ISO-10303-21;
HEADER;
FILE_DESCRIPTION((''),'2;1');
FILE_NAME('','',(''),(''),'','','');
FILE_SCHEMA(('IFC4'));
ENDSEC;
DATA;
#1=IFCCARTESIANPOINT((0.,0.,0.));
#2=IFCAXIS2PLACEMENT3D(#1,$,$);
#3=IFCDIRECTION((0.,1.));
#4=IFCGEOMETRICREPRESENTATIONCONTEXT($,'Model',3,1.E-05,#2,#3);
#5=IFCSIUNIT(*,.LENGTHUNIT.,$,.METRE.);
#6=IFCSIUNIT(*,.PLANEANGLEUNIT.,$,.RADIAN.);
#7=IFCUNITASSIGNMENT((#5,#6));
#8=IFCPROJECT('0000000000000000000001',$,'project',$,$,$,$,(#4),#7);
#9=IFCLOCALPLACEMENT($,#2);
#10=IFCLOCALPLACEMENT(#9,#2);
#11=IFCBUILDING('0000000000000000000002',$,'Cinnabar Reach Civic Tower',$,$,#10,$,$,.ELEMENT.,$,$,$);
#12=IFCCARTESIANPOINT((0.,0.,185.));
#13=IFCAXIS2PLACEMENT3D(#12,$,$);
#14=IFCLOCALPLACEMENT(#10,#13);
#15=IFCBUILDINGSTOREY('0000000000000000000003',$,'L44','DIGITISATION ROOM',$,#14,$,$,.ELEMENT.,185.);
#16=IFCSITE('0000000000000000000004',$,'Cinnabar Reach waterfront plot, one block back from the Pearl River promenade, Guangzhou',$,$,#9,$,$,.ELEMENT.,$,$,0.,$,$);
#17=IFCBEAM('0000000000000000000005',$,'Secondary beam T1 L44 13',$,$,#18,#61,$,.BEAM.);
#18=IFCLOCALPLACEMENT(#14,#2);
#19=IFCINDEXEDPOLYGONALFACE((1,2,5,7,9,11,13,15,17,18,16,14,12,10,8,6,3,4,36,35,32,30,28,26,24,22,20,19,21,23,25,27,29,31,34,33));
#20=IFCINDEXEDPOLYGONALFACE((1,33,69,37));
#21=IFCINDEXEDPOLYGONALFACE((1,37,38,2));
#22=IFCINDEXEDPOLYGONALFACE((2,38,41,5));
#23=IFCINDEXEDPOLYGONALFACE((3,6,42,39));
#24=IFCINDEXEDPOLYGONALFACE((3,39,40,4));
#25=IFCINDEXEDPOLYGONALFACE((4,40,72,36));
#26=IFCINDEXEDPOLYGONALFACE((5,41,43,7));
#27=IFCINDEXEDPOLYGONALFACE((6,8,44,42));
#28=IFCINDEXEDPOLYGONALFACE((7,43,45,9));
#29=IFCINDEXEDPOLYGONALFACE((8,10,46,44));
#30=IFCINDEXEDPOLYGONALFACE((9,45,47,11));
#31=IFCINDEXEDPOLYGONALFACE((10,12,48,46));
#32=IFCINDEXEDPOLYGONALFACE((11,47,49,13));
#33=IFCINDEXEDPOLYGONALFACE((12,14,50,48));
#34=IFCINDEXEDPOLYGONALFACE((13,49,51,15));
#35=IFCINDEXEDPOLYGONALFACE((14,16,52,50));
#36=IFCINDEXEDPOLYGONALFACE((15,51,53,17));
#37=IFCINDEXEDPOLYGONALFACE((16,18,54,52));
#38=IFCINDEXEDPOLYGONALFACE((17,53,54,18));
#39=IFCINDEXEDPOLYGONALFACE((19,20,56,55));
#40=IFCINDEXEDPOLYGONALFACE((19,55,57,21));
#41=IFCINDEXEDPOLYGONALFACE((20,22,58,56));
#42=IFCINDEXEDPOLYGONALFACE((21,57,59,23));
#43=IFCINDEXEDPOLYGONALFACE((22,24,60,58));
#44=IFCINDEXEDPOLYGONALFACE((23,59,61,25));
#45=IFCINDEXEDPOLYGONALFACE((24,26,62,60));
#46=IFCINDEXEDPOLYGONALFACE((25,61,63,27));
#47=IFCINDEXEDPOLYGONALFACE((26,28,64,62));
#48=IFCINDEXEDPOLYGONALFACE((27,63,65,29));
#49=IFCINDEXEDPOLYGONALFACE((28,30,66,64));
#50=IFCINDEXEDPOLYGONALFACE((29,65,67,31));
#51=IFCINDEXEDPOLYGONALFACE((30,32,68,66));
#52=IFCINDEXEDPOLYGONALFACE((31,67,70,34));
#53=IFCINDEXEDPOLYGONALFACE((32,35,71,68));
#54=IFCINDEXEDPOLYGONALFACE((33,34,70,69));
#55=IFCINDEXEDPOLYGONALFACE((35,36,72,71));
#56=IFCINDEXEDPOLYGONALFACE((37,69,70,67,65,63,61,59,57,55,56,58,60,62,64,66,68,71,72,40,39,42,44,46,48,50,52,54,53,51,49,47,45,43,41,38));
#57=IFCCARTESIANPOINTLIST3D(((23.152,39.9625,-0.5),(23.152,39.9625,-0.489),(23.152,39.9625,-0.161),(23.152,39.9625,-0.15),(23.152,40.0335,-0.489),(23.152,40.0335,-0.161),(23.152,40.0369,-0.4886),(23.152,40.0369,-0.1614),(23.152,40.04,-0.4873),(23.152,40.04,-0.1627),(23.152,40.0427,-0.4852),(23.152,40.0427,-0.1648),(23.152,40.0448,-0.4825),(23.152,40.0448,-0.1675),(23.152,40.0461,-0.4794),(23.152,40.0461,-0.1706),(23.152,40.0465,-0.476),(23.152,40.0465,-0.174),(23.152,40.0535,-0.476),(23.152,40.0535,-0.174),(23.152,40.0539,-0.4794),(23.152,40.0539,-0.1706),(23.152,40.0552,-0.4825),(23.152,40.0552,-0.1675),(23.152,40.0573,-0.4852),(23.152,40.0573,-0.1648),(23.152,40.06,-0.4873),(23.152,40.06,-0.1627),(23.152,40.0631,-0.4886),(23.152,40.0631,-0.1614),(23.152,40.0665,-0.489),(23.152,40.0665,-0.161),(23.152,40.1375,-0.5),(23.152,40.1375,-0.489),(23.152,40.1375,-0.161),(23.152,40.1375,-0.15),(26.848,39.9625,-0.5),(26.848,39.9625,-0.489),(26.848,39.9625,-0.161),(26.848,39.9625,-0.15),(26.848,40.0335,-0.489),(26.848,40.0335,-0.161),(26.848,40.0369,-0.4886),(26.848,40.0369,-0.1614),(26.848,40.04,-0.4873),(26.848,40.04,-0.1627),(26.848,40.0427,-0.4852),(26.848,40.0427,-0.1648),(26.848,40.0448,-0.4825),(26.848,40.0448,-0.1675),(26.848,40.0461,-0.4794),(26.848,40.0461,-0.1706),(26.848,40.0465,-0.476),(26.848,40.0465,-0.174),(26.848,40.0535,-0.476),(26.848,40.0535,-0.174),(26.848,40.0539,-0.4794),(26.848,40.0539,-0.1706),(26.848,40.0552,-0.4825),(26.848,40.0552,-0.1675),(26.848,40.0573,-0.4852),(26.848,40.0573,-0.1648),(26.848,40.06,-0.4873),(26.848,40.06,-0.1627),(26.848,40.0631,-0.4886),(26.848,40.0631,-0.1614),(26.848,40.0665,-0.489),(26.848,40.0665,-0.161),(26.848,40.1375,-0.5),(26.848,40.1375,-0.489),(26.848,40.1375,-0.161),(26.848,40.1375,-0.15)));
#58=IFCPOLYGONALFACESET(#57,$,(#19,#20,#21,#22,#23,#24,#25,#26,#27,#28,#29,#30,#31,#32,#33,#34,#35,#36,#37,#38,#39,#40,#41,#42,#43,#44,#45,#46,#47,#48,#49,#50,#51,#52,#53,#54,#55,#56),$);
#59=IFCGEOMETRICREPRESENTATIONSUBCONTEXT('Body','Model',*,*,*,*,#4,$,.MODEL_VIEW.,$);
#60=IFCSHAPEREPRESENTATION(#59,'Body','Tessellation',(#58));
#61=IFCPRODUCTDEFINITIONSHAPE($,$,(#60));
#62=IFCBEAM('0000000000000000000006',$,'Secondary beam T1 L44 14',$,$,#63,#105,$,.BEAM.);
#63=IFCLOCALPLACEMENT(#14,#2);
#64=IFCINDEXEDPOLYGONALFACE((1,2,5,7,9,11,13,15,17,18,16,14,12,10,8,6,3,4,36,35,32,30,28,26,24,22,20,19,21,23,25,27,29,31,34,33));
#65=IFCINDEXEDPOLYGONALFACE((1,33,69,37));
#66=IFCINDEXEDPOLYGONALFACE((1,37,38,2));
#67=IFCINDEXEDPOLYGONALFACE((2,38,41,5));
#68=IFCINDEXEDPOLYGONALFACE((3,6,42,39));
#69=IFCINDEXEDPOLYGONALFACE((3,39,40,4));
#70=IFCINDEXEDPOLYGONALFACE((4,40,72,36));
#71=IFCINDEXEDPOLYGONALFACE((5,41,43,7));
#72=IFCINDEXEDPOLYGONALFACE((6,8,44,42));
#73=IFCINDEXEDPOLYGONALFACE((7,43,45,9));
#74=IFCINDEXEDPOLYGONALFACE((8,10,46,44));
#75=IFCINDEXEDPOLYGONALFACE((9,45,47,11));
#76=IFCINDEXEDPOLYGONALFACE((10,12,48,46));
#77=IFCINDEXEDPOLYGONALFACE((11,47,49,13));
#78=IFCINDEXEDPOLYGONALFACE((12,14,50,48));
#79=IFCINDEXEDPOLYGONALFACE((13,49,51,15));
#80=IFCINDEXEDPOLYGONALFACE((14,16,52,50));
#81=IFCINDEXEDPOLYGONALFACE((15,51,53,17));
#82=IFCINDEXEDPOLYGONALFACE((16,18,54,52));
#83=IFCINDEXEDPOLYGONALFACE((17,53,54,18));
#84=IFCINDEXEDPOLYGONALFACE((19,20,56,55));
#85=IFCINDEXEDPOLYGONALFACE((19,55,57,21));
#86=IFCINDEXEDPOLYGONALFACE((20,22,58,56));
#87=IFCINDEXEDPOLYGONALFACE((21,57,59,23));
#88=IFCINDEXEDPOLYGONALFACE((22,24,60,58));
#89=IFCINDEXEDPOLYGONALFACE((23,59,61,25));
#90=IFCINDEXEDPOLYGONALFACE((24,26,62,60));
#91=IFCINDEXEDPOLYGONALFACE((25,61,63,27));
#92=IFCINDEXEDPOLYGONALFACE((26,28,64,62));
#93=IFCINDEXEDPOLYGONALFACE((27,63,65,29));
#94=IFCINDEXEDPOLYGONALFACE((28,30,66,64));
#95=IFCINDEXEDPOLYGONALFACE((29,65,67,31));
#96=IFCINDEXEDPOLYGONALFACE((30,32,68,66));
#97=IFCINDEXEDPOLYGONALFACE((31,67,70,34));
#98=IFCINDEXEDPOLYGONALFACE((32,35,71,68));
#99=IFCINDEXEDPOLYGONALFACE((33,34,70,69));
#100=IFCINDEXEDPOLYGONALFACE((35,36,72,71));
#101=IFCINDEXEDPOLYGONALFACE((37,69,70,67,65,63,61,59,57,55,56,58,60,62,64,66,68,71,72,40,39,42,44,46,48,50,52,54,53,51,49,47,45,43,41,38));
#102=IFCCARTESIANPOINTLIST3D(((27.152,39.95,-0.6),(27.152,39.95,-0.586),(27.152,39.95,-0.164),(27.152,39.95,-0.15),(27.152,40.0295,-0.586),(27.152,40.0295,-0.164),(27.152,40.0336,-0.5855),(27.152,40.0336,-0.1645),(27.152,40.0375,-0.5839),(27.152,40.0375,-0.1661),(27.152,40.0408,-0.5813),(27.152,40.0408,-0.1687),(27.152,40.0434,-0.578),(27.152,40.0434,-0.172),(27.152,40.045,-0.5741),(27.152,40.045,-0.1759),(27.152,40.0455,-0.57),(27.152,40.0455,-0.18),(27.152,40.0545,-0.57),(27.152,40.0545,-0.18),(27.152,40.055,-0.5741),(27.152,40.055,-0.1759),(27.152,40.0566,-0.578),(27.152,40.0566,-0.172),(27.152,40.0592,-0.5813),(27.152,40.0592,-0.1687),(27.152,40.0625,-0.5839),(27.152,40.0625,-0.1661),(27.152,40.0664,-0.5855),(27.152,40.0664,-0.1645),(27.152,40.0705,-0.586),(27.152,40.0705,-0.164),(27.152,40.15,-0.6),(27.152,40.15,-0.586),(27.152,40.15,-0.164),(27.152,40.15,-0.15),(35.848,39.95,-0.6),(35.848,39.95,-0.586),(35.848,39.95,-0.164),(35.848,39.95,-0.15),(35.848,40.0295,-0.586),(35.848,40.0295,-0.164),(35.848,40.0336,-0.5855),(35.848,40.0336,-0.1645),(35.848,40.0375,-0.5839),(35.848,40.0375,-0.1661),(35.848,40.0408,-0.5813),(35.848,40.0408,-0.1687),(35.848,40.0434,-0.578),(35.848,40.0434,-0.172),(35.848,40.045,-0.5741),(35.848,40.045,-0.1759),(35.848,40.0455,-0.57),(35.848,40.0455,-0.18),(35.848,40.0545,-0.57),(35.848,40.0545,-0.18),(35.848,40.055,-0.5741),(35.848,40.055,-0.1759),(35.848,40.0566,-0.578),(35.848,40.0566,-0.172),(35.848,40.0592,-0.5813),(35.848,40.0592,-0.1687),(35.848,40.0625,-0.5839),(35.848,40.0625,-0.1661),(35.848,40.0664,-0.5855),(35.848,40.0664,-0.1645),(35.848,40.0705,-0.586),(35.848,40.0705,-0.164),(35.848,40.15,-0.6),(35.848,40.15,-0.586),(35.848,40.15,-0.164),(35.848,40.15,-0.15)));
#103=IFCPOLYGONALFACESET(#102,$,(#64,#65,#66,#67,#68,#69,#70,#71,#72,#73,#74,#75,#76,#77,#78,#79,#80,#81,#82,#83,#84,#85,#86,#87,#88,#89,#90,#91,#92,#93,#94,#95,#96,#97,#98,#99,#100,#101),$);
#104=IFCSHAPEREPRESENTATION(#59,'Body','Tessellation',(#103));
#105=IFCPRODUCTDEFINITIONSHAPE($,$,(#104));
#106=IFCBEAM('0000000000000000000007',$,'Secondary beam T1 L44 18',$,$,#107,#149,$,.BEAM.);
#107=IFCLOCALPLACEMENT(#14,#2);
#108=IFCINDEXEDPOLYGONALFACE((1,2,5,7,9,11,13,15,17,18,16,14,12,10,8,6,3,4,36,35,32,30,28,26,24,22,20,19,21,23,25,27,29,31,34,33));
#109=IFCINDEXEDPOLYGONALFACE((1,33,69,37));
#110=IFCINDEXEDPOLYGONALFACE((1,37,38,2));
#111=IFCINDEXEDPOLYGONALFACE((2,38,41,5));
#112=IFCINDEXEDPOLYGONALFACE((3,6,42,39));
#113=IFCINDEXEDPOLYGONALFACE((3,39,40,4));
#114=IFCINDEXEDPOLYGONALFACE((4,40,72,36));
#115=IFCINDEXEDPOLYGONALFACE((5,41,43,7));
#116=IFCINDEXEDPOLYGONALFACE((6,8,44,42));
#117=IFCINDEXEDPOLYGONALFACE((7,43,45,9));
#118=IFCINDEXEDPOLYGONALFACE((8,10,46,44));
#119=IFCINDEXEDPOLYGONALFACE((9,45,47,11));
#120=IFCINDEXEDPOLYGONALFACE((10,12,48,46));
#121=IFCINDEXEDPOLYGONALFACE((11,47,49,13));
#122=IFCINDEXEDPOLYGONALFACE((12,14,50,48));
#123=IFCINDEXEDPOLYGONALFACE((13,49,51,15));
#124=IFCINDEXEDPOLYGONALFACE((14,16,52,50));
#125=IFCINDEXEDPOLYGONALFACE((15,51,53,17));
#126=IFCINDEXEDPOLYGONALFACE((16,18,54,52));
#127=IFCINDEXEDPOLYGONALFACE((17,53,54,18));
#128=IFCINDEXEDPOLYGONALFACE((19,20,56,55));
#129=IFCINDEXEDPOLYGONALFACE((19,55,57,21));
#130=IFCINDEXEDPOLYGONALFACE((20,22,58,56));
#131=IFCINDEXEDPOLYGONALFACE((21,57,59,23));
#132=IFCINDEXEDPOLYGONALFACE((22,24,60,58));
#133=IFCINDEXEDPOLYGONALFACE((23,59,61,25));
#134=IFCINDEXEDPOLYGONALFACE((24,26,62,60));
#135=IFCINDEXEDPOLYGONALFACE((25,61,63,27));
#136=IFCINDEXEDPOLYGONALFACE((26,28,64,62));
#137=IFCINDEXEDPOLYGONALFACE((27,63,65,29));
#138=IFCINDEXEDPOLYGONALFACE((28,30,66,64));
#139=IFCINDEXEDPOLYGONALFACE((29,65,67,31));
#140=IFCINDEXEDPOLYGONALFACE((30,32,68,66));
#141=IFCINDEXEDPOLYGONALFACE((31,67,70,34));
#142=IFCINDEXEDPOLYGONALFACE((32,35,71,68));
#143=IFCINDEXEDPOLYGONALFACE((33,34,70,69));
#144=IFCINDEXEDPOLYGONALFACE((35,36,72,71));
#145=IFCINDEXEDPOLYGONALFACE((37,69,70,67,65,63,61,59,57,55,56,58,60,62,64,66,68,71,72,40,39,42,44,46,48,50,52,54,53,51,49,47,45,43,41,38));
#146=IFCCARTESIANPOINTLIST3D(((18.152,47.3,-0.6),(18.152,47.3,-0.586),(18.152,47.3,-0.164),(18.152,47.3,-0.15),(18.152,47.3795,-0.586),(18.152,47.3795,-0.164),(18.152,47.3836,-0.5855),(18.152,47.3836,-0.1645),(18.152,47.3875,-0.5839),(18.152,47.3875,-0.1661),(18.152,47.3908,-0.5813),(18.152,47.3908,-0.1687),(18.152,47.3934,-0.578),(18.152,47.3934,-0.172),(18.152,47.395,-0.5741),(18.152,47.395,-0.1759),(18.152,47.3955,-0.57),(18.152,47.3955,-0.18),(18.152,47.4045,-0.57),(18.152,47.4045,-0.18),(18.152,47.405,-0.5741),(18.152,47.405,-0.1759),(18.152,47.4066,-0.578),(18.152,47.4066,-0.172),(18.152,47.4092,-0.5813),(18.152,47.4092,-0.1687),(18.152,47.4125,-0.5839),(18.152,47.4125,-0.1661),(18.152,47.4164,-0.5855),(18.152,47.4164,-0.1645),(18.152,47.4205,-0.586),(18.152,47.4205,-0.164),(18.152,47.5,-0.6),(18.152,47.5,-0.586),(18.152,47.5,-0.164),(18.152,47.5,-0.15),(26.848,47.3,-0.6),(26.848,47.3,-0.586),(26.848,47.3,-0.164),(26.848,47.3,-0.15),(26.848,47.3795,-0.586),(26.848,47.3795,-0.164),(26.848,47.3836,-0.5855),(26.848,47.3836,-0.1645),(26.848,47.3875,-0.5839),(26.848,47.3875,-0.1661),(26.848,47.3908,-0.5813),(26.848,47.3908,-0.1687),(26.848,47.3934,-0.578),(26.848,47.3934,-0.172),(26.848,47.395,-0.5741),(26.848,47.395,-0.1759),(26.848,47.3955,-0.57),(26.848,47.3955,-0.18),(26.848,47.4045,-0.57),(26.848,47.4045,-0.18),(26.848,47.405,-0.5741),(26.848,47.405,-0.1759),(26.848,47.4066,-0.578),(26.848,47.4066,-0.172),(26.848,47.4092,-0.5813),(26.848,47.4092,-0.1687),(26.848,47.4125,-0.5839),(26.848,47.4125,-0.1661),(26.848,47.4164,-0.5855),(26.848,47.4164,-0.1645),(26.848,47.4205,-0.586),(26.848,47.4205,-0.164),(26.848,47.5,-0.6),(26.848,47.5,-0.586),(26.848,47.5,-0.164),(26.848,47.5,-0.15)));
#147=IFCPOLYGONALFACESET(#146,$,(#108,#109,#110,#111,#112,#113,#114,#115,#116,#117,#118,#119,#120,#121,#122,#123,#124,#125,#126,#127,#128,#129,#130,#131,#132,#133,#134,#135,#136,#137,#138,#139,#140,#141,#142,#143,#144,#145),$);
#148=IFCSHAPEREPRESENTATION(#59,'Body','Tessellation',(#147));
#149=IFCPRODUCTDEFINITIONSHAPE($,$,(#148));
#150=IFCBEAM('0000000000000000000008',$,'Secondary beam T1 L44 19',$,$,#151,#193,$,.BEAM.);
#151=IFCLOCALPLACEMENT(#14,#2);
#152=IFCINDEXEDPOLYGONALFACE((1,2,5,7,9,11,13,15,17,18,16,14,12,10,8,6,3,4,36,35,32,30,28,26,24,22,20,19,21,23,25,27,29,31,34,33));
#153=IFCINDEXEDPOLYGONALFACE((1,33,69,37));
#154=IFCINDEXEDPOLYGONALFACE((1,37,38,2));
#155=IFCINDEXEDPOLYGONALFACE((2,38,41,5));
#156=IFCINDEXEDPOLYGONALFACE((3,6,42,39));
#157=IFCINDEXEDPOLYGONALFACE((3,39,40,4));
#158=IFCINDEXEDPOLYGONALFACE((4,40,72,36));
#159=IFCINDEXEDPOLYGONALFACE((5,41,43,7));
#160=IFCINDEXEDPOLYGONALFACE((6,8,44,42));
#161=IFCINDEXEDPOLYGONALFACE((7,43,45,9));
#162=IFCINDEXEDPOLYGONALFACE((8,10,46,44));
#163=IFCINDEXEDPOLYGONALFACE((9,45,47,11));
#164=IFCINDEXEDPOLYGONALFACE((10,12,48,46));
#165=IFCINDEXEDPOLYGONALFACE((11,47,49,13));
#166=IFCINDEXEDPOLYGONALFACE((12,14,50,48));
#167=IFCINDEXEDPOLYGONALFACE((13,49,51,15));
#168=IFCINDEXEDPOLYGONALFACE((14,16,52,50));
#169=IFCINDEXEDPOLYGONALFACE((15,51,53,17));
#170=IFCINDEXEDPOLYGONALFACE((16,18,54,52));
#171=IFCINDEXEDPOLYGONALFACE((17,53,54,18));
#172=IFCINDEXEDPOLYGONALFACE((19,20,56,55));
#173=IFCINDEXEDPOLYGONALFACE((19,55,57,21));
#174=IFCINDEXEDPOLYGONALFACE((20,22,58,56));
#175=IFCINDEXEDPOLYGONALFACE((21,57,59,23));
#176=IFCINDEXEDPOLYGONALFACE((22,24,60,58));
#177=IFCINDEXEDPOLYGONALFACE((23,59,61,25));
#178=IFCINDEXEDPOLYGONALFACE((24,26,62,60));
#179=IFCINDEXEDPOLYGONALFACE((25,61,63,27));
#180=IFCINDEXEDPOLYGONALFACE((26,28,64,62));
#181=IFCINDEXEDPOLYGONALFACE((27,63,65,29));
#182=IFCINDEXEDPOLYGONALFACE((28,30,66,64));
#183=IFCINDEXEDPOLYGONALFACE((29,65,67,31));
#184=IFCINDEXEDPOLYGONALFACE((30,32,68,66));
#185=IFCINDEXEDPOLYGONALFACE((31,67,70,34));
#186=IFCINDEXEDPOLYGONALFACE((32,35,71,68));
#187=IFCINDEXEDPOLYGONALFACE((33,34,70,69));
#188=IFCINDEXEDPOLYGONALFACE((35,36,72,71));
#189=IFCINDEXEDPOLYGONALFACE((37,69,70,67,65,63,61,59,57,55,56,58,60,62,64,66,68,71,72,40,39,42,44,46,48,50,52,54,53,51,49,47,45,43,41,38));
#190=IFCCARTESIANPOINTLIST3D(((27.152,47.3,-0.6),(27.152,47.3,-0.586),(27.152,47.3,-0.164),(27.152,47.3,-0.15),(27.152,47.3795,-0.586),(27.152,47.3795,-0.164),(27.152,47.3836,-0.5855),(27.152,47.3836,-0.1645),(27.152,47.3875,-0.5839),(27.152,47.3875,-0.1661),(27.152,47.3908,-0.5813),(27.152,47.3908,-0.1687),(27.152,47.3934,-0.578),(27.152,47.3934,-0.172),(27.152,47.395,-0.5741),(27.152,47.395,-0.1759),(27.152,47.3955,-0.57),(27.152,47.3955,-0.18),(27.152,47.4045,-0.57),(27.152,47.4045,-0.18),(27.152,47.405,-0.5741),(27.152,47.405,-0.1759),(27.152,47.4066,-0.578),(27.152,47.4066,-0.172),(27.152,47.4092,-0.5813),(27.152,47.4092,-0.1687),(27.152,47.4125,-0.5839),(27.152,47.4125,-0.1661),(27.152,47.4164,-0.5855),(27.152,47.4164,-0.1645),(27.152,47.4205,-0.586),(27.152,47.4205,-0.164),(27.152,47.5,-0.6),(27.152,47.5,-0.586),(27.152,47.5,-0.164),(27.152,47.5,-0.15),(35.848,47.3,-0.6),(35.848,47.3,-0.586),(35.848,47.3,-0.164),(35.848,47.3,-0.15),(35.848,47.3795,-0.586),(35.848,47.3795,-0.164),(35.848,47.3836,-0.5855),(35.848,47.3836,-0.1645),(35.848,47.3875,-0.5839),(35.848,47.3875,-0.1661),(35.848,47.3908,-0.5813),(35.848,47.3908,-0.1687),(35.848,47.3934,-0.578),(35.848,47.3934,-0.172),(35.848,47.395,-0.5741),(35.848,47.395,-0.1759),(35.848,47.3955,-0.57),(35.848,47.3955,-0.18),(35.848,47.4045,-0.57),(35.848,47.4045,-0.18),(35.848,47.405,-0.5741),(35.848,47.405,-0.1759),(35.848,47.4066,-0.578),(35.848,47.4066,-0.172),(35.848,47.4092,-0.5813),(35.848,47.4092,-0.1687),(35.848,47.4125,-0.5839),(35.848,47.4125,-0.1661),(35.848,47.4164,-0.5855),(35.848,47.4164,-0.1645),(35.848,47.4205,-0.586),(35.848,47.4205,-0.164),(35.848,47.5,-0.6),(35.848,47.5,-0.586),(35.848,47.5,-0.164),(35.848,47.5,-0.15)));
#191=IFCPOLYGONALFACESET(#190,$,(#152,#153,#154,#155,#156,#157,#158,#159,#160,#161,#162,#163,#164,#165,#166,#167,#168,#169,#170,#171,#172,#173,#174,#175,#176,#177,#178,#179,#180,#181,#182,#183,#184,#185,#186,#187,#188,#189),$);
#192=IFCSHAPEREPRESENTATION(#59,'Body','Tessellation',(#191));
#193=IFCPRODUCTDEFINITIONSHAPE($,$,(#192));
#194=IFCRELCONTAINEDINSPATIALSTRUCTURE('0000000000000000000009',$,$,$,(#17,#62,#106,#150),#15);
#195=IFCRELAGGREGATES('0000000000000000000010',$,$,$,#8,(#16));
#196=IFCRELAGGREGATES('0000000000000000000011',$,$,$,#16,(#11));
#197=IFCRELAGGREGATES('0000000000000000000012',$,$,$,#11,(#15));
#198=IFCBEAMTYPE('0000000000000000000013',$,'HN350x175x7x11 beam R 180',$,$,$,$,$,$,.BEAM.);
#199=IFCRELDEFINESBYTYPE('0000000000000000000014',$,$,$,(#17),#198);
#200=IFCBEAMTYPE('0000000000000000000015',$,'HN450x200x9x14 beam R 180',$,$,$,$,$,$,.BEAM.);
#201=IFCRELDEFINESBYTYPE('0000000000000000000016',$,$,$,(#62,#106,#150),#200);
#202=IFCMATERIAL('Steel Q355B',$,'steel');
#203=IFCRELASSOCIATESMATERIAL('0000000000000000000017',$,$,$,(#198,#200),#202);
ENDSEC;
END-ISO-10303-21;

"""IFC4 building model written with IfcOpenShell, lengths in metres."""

from ifc_helpers import new_model, si_unit, direction, frame, origin, origin_2d, place, context, subcontext, project, spatial, i_section, extrude, material, material_profile, profile_set, type_object, element, save


model = new_model("IFC4")

# Units and contexts
model_context = context("Model", 3, precision=1e-05, world=origin(), true_north=direction((0.0, 1.0)))
body_context = subcontext(model_context, "Body", "Model", "MODEL_VIEW")
ifc_project = project(units=[si_unit("LENGTHUNIT", "METRE"), si_unit("PLANEANGLEUNIT", "RADIAN")], contexts=[model_context])

# Site, building, storey
site_placement = place(None, origin())
site = spatial("IfcSite", under=ifc_project, at=site_placement, Name="Cinnabar Reach waterfront plot, one block back from the Pearl River promenade, Guangzhou", CompositionType="ELEMENT", RefElevation=0.0)
building_placement = place(site_placement, origin())
building = spatial("IfcBuilding", under=site, at=building_placement, Name="Cinnabar Reach Civic Tower", CompositionType="ELEMENT")
storey_placement = place(building_placement, frame((0.0, 0.0, 185.0)))
storey = spatial("IfcBuildingStorey", under=building, at=storey_placement, Name="L44", Description="DIGITISATION ROOM", CompositionType="ELEMENT", Elevation=185.0)

# Beams
ifc_material_1 = material(Name="Steel Q355B", Category="steel")
ifc_material_profile_1 = material_profile(ifc_material_1, i_section(OverallWidth=0.175, OverallDepth=0.35, WebThickness=0.007, FlangeThickness=0.011, FilletRadius=0.013, at=origin_2d()), Name="HN350x175x7x11")
ifc_profile_set_1 = profile_set([ifc_material_profile_1], Name="Steel Q355B")
beam_type_1 = type_object("IfcBeamType", Name="HN350x175x7x11 beam R 180", PredefinedType="BEAM", material=ifc_profile_set_1)
beam_1_placement = place(storey_placement, frame((23.152, 40.05, -0.325), z_axis=(1.0, 0.0, 0.0), x_axis=(0.0, 1.0, 0.0)))
element("IfcBeam", 1, at=beam_1_placement, inside=storey, type_object=beam_type_1, Name="Secondary beam T1 L44 13", PredefinedType="BEAM", context=body_context, shape_type="SweptSolid", body=[
    extrude(i_section(OverallWidth=0.175, OverallDepth=0.35, WebThickness=0.007, FlangeThickness=0.011, FilletRadius=0.013, at=origin_2d()), origin(), (0.0, 0.0, 1.0), 3.696),
])
ifc_material_profile_2 = material_profile(ifc_material_1, i_section(OverallWidth=0.2, OverallDepth=0.45, WebThickness=0.009, FlangeThickness=0.014, FilletRadius=0.016, at=origin_2d()), Name="HN450x200x9x14")
ifc_profile_set_2 = profile_set([ifc_material_profile_2], Name="Steel Q355B")
beam_type_2 = type_object("IfcBeamType", Name="HN450x200x9x14 beam R 180", PredefinedType="BEAM", material=ifc_profile_set_2)
for number, where, z_axis, x_axis, name in (
    (2, (27.152, 40.05, -0.375), (1.0, 0.0, 0.0), (0.0, 1.0, 0.0), "Secondary beam T1 L44 14"),
    (3, (18.152, 47.4, -0.375), (1.0, 0.0, 0.0), (0.0, 1.0, 0.0), "Secondary beam T1 L44 18"),
    (4, (27.152, 47.4, -0.375), (1.0, 0.0, 0.0), (0.0, 1.0, 0.0), "Secondary beam T1 L44 19"),
):
    element("IfcBeam", number, at=place(storey_placement, frame(where, z_axis=z_axis, x_axis=x_axis)), inside=storey, type_object=beam_type_2, Name=name, PredefinedType="BEAM", context=body_context, shape_type="SweptSolid", body=[
        extrude(i_section(OverallWidth=0.2, OverallDepth=0.45, WebThickness=0.009, FlangeThickness=0.014, FilletRadius=0.016, at=origin_2d()), origin(), (0.0, 0.0, 1.0), 8.696),
    ])

save(model, "model.ifc")
